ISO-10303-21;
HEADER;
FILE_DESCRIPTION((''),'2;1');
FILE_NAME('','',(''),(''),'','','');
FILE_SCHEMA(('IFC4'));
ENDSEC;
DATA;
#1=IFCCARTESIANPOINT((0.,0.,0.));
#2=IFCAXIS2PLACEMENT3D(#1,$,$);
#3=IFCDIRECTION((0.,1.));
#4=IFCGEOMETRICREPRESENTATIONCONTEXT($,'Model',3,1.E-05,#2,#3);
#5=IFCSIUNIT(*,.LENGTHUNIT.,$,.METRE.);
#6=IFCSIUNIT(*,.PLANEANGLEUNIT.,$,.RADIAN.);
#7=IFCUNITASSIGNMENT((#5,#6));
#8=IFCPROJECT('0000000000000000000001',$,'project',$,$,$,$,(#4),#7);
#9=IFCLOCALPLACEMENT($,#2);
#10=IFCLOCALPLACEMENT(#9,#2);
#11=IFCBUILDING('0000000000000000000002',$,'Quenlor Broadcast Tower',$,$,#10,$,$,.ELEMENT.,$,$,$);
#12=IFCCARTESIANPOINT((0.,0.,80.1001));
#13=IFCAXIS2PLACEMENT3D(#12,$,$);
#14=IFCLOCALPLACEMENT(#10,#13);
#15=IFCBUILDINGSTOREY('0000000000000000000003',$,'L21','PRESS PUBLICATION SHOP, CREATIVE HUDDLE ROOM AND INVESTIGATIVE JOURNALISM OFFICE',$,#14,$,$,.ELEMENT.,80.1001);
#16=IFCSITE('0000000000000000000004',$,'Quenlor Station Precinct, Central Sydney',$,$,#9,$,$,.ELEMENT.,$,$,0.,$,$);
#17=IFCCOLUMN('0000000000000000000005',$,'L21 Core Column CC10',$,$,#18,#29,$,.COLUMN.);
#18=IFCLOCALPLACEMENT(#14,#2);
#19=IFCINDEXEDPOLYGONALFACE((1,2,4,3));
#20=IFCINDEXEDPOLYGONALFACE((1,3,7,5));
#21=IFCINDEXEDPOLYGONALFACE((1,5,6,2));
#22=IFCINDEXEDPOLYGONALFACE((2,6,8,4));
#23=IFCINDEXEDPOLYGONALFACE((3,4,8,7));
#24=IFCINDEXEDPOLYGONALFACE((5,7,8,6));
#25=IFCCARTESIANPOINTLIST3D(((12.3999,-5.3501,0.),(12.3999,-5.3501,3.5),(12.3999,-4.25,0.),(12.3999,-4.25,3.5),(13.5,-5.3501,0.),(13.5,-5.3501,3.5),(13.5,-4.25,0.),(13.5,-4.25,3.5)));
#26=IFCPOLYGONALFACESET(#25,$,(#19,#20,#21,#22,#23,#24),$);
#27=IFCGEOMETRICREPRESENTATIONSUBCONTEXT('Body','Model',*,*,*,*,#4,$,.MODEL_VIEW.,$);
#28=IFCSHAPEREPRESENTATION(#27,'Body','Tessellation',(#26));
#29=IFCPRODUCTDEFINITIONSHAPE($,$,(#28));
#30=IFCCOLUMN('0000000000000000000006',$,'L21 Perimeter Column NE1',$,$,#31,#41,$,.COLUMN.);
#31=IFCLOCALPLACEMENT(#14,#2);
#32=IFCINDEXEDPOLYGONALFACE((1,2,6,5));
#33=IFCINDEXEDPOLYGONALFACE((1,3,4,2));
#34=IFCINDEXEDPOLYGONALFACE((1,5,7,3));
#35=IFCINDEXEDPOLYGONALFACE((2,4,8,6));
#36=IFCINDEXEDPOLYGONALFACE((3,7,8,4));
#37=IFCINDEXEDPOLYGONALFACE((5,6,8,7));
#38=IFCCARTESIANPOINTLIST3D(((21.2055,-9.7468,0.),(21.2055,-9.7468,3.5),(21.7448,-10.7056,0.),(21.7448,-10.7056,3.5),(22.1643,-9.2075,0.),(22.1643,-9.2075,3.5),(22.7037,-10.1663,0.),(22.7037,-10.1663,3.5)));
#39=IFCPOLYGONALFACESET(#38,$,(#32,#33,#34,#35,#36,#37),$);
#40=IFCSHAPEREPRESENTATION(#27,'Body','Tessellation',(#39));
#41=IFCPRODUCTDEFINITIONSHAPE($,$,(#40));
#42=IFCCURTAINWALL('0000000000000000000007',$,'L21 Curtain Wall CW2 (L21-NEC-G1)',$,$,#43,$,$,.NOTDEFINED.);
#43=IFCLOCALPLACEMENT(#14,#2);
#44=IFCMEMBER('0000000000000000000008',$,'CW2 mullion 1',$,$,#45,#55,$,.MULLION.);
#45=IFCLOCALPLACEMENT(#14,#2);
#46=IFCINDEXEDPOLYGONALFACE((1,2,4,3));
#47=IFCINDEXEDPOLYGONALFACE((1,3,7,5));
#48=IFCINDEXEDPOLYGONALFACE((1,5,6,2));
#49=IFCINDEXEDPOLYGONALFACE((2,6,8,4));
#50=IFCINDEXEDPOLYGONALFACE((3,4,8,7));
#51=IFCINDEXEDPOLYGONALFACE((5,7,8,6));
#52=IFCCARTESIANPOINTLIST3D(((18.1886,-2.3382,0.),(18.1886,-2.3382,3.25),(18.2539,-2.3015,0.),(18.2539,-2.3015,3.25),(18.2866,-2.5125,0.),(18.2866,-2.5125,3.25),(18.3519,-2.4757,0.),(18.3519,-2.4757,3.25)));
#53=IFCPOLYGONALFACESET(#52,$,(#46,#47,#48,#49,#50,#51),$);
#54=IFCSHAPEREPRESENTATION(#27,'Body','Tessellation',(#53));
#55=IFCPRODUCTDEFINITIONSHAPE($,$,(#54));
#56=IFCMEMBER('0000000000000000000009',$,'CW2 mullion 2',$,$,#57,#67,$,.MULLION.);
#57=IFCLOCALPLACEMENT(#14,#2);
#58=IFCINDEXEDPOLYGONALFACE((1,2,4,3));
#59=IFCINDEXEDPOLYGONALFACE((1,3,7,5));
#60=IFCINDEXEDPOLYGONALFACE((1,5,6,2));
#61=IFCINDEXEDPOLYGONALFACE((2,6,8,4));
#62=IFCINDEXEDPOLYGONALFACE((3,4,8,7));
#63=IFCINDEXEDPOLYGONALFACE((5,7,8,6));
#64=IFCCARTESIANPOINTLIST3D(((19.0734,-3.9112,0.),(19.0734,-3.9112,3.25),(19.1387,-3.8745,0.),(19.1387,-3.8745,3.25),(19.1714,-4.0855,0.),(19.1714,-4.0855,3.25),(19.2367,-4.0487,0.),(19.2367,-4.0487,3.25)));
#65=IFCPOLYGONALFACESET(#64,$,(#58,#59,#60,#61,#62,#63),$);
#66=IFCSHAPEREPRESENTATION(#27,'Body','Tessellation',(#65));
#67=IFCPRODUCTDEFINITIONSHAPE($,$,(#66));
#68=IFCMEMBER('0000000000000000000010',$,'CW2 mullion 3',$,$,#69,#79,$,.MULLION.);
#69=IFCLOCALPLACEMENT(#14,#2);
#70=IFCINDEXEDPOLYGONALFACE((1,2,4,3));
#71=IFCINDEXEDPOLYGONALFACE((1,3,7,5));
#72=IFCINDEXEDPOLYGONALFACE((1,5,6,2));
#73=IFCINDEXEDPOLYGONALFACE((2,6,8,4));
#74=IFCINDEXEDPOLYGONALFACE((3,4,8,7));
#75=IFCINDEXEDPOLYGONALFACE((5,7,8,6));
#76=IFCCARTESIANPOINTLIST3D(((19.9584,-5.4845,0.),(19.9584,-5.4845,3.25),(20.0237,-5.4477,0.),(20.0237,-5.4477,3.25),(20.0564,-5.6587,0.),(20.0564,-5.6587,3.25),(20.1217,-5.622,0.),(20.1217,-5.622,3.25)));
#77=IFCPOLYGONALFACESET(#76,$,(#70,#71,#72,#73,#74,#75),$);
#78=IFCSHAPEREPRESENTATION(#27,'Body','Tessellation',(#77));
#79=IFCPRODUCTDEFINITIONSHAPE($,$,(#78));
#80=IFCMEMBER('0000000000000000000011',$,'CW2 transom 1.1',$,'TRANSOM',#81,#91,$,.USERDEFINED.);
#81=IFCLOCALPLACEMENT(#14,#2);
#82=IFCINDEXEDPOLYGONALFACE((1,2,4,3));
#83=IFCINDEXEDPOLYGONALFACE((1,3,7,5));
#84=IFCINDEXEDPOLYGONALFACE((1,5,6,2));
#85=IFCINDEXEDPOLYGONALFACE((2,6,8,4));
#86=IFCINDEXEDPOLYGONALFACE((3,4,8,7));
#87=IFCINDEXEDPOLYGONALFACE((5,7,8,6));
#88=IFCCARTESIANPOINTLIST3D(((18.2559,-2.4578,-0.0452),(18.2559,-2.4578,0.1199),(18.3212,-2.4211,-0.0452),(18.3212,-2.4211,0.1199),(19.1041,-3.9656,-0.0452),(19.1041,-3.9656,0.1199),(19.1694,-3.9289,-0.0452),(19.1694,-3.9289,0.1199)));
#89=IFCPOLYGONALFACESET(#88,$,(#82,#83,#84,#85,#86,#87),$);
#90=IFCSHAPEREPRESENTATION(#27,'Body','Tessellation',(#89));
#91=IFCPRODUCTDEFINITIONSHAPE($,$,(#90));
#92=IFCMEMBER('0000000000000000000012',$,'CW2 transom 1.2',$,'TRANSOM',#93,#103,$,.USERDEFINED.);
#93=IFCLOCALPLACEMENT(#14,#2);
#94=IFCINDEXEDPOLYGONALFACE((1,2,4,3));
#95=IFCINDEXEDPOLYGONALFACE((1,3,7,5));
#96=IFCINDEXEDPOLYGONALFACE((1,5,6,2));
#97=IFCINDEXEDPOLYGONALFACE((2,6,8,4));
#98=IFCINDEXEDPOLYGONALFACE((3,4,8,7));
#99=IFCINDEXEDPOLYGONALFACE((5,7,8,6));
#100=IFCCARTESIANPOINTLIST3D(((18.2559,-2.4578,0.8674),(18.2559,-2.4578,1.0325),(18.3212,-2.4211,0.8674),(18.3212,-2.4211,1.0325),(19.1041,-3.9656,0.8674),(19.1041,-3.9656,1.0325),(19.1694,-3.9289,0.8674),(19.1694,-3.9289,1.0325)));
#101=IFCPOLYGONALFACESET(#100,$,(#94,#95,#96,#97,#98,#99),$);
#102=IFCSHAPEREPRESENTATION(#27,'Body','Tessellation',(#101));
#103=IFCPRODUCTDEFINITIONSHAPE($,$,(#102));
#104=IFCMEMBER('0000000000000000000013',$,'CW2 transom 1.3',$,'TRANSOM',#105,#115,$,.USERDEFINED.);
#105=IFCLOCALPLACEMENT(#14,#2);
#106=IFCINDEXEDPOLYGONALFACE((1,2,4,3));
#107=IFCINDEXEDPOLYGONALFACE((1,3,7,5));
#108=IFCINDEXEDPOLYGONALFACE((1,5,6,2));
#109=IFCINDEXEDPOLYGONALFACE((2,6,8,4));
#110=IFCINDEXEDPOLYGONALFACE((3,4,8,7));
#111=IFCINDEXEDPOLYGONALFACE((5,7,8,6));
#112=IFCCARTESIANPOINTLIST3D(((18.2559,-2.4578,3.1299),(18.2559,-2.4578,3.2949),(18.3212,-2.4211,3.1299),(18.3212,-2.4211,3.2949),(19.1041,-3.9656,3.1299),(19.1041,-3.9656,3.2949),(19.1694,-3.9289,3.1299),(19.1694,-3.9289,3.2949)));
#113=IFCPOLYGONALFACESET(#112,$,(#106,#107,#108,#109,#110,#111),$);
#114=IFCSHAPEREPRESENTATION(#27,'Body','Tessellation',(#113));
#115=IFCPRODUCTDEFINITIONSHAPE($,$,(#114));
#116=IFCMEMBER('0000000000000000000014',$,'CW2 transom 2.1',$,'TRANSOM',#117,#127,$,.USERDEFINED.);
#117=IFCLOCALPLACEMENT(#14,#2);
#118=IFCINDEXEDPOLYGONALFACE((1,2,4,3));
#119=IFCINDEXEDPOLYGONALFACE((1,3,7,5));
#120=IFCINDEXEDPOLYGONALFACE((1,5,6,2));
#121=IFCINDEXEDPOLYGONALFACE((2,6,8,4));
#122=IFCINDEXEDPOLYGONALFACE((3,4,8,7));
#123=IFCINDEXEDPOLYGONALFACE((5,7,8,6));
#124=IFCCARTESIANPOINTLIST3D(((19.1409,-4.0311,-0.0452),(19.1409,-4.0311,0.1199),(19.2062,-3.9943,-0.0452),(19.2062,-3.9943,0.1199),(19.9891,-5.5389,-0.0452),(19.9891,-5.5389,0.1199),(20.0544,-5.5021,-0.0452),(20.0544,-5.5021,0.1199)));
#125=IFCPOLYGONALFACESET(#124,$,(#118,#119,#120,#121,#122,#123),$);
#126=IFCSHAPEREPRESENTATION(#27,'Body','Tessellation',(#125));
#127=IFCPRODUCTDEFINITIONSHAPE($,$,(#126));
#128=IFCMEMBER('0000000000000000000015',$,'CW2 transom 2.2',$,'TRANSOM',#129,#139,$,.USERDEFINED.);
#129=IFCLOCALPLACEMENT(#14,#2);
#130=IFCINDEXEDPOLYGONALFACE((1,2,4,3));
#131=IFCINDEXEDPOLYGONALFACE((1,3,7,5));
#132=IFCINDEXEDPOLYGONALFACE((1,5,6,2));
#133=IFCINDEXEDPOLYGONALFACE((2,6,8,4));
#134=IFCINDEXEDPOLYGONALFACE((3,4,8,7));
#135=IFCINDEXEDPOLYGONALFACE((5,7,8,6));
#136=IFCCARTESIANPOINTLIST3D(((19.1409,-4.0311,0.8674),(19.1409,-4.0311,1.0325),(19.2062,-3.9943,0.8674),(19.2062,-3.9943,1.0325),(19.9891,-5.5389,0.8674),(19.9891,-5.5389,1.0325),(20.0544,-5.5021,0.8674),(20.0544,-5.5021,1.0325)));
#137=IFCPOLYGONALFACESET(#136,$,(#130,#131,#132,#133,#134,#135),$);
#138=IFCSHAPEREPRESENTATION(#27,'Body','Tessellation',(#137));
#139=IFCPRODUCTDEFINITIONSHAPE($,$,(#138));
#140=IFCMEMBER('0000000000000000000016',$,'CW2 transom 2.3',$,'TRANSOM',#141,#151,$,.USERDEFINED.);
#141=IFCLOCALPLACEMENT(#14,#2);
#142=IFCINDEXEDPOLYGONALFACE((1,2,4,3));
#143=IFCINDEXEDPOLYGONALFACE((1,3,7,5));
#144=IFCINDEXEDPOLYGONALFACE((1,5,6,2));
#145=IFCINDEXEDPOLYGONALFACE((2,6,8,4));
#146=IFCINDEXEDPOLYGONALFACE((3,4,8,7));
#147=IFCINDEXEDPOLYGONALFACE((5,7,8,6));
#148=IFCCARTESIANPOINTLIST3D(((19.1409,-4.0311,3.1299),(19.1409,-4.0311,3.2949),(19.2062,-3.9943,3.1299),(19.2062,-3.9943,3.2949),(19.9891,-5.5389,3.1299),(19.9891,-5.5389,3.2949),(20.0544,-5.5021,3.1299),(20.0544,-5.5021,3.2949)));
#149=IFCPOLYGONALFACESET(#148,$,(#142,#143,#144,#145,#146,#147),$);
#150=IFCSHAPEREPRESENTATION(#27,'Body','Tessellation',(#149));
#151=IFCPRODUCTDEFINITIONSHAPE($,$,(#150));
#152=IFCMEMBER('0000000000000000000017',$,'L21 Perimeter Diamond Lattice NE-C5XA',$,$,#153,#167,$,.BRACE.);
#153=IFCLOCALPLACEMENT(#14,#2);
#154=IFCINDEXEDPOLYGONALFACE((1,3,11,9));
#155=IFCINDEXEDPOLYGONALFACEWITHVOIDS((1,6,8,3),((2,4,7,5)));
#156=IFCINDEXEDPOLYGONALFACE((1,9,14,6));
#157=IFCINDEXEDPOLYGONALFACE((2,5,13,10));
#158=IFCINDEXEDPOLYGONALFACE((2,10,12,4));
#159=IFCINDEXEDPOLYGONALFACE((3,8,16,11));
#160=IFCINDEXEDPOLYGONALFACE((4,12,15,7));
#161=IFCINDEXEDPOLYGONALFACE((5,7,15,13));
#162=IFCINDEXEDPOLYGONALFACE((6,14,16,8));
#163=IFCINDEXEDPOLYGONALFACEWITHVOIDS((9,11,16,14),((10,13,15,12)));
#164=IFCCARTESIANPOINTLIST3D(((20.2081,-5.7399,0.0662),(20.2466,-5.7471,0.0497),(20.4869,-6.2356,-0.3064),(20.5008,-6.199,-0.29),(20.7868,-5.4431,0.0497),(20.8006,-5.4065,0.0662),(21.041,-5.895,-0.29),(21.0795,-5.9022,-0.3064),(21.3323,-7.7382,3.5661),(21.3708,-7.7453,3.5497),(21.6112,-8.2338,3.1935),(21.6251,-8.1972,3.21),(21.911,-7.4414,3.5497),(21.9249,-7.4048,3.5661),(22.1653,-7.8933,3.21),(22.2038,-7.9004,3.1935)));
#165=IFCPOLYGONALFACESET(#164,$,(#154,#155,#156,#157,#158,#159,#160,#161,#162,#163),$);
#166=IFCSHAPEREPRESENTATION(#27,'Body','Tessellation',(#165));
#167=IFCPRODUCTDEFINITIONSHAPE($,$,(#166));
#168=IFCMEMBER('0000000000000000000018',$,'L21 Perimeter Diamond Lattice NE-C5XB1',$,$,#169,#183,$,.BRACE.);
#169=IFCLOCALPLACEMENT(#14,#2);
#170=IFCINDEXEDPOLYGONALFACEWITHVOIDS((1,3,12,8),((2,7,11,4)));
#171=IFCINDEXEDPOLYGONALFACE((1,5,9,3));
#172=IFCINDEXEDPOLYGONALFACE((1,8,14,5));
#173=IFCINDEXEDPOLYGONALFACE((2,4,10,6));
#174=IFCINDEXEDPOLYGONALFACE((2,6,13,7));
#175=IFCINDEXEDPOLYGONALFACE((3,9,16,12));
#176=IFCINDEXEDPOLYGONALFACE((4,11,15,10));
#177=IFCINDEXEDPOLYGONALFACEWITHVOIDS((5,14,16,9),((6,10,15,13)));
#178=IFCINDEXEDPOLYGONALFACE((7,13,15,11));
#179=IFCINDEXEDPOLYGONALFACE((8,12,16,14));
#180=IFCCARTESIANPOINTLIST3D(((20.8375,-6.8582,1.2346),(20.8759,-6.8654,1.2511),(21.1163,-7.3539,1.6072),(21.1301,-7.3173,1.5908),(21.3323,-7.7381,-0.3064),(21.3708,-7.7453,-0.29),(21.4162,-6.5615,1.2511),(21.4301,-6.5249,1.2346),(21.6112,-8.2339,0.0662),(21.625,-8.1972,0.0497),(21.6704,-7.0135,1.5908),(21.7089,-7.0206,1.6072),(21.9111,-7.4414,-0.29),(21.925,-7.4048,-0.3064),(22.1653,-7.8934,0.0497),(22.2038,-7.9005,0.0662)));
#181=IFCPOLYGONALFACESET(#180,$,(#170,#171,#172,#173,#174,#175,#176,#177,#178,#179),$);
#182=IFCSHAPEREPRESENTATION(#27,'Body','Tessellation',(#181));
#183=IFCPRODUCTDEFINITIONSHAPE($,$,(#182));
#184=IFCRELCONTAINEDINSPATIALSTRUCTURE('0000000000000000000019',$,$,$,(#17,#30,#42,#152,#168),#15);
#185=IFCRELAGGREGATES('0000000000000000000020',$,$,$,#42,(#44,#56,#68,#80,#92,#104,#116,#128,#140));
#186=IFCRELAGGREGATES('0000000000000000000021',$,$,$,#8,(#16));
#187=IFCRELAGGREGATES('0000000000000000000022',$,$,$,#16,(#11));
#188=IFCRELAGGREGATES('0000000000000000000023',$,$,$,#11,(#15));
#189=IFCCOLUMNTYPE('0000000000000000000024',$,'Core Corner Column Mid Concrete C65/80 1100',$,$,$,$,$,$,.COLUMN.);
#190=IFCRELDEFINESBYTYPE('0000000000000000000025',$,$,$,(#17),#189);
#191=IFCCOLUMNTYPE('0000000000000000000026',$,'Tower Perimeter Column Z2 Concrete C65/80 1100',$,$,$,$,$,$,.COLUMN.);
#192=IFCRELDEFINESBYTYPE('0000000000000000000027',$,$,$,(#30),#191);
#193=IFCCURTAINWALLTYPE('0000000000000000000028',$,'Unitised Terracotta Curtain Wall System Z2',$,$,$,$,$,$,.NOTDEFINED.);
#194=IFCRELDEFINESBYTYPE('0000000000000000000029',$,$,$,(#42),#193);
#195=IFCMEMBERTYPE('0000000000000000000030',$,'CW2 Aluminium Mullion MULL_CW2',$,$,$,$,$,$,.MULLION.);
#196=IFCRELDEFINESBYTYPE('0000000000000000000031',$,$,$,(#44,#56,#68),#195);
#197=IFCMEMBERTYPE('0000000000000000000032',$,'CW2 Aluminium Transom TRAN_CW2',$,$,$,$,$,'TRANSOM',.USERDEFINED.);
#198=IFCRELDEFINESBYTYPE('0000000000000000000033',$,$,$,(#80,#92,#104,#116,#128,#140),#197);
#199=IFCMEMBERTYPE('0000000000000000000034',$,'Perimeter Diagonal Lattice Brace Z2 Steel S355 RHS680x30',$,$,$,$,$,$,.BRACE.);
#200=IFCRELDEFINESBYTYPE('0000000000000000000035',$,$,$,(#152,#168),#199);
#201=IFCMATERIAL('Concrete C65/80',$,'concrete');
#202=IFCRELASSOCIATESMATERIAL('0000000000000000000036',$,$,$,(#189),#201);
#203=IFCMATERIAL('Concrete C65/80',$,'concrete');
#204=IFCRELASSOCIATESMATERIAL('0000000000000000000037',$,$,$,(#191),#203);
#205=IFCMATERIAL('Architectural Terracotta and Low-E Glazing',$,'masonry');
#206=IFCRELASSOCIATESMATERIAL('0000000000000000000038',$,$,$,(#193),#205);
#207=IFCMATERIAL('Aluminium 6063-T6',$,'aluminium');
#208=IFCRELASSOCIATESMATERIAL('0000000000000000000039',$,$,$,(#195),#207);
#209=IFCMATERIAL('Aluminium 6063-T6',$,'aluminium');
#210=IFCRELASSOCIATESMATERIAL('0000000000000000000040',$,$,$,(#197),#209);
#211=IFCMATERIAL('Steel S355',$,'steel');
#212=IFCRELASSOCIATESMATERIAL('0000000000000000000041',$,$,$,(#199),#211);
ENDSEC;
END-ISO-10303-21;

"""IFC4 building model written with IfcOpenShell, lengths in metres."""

from ifc_helpers import new_model, si_unit, direction, frame, origin, origin_2d, place, context, subcontext, project, spatial, rectangle, hollow_rectangle, extrude, material, material_profile, profile_set, type_object, element, aggregate, save


model = new_model("IFC4")

# Units and contexts
model_context = context("Model", 3, precision=1e-05, world=origin(), true_north=direction((0.0, 1.0)))
body_context = subcontext(model_context, "Body", "Model", "MODEL_VIEW")
ifc_project = project(units=[si_unit("LENGTHUNIT", "METRE"), si_unit("PLANEANGLEUNIT", "RADIAN")], contexts=[model_context])

# Site, building, storey
site_placement = place(None, origin())
site = spatial("IfcSite", under=ifc_project, at=site_placement, Name="Quenlor Station Precinct, Central Sydney", CompositionType="ELEMENT", RefElevation=0.0)
building_placement = place(site_placement, origin())
building = spatial("IfcBuilding", under=site, at=building_placement, Name="Quenlor Broadcast Tower", CompositionType="ELEMENT")
storey_placement = place(building_placement, frame((0.0, 0.0, 80.1001)))
storey = spatial("IfcBuildingStorey", under=building, at=storey_placement, Name="L21", Description="PRESS PUBLICATION SHOP, CREATIVE HUDDLE ROOM AND INVESTIGATIVE JOURNALISM OFFICE", CompositionType="ELEMENT", Elevation=80.1001)

# Columns
ifc_material_1 = material(Name="Concrete C65/80", Category="concrete")
ifc_material_profile_1 = material_profile(ifc_material_1, rectangle(XDim=1.1001, YDim=1.1001, at=origin_2d()))
ifc_profile_set_1 = profile_set([ifc_material_profile_1], Name="Concrete C65/80 RC1100x1100")
column_type_1 = type_object("IfcColumnType", Name="Core Corner Column Mid Concrete C65/80 1100", PredefinedType="COLUMN", material=ifc_profile_set_1)
column_1_placement = place(storey_placement, frame((12.95, -4.8, 0.0), z_axis=(0.0, 0.0, 1.0), x_axis=(1.0, 0.0, 0.0)))
element("IfcColumn", 1, at=column_1_placement, inside=storey, type_object=column_type_1, Name="L21 Core Column CC10", PredefinedType="COLUMN", context=body_context, shape_type="SweptSolid", body=[
    extrude(rectangle(XDim=1.1001, YDim=1.1001, at=origin_2d()), origin(), (0.0, 0.0, 1.0), 3.5),
])
ifc_material_2 = material(Name="Concrete C65/80", Category="concrete")
ifc_material_profile_2 = material_profile(ifc_material_2, rectangle(XDim=1.1001, YDim=1.1001, at=origin_2d()))
ifc_profile_set_2 = profile_set([ifc_material_profile_2], Name="Concrete C65/80 RC1100x1100")
column_type_2 = type_object("IfcColumnType", Name="Tower Perimeter Column Z2 Concrete C65/80 1100", PredefinedType="COLUMN", material=ifc_profile_set_2)
column_2_placement = place(storey_placement, frame((21.9546, -9.9565, 0.0), z_axis=(0.0, 0.0, 1.0), x_axis=(0.871575, 0.490262, 0.0)))
element("IfcColumn", 2, at=column_2_placement, inside=storey, type_object=column_type_2, Name="L21 Perimeter Column NE1", PredefinedType="COLUMN", context=body_context, shape_type="SweptSolid", body=[
    extrude(rectangle(XDim=1.1001, YDim=1.1001, at=origin_2d()), origin(), (0.0, 0.0, 1.0), 3.5),
])

# Curtain wall, members
ifc_material_3 = material(Name="Architectural Terracotta and Low-E Glazing", Category="masonry")
curtain_wall_type = type_object("IfcCurtainWallType", Name="Unitised Terracotta Curtain Wall System Z2", PredefinedType="NOTDEFINED", material=ifc_material_3)
curtain_wall_placement = place(storey_placement, origin())
curtain_wall = element("IfcCurtainWall", 3, at=curtain_wall_placement, inside=storey, type_object=curtain_wall_type, Name="L21 Curtain Wall CW2 (L21-NEC-G1)", PredefinedType="NOTDEFINED")
ifc_material_4 = material(Name="Aluminium 6063-T6", Category="aluminium")
ifc_material_profile_3 = material_profile(ifc_material_4, rectangle(XDim=0.075, YDim=0.2, at=origin_2d()))
ifc_profile_set_3 = profile_set([ifc_material_profile_3], Name="Aluminium 6063-T6 MULL75x200")
member_type_1 = type_object("IfcMemberType", Name="CW2 Aluminium Mullion MULL_CW2", PredefinedType="MULLION", material=ifc_profile_set_3)
member_1_placement = place(storey_placement, frame((18.2703, -2.407, 0.0), z_axis=(0.0, 0.0, 1.0), x_axis=(0.871567, 0.490277, 0.0)))
member_1 = element("IfcMember", 4, at=member_1_placement, type_object=member_type_1, Name="CW2 mullion 1", PredefinedType="MULLION", context=body_context, shape_type="SweptSolid", body=[
    extrude(rectangle(XDim=0.075, YDim=0.2, at=origin_2d()), origin(), (0.0, 0.0, 1.0), 3.25),
])
member_2_placement = place(storey_placement, frame((19.155, -3.98, 0.0), z_axis=(0.0, 0.0, 1.0), x_axis=(0.871567, 0.490277, 0.0)))
member_2 = element("IfcMember", 5, at=member_2_placement, type_object=member_type_1, Name="CW2 mullion 2", PredefinedType="MULLION", context=body_context, shape_type="SweptSolid", body=[
    extrude(rectangle(XDim=0.075, YDim=0.2, at=origin_2d()), origin(), (0.0, 0.0, 1.0), 3.25),
])
member_3_placement = place(storey_placement, frame((20.04, -5.5532, 0.0), z_axis=(0.0, 0.0, 1.0), x_axis=(0.871567, 0.490277, 0.0)))
member_3 = element("IfcMember", 6, at=member_3_placement, type_object=member_type_1, Name="CW2 mullion 3", PredefinedType="MULLION", context=body_context, shape_type="SweptSolid", body=[
    extrude(rectangle(XDim=0.075, YDim=0.2, at=origin_2d()), origin(), (0.0, 0.0, 1.0), 3.25),
])
ifc_material_5 = material(Name="Aluminium 6063-T6", Category="aluminium")
ifc_material_profile_4 = material_profile(ifc_material_5, rectangle(XDim=0.075, YDim=0.165, at=origin_2d()))
ifc_profile_set_4 = profile_set([ifc_material_profile_4], Name="Aluminium 6063-T6 TRAN75x165")
member_type_2 = type_object("IfcMemberType", Name="CW2 Aluminium Transom TRAN_CW2", ElementType="TRANSOM", PredefinedType="USERDEFINED", material=ifc_profile_set_4)
member_4_placement = place(storey_placement, frame((18.2886, -2.4395, 0.0374), z_axis=(0.490261, -0.871576, 0.0), x_axis=(0.871576, 0.490261, 0.0)))
member_4 = element("IfcMember", 7, at=member_4_placement, type_object=member_type_2, Name="CW2 transom 1.1", ObjectType="TRANSOM", PredefinedType="USERDEFINED", context=body_context, shape_type="SweptSolid", body=[
    extrude(rectangle(XDim=0.075, YDim=0.165, at=origin_2d()), origin(), (0.0, 0.0, 1.0), 1.73),
])
member_5_placement = place(storey_placement, frame((18.2886, -2.4395, 0.95), z_axis=(0.490261, -0.871576, 0.0), x_axis=(0.871576, 0.490261, 0.0)))
member_5 = element("IfcMember", 8, at=member_5_placement, type_object=member_type_2, Name="CW2 transom 1.2", ObjectType="TRANSOM", PredefinedType="USERDEFINED", context=body_context, shape_type="SweptSolid", body=[
    extrude(rectangle(XDim=0.075, YDim=0.165, at=origin_2d()), origin(), (0.0, 0.0, 1.0), 1.73),
])
member_6_placement = place(storey_placement, frame((18.2886, -2.4395, 3.2124), z_axis=(0.490261, -0.871576, 0.0), x_axis=(0.871576, 0.490261, 0.0)))
member_6 = element("IfcMember", 9, at=member_6_placement, type_object=member_type_2, Name="CW2 transom 1.3", ObjectType="TRANSOM", PredefinedType="USERDEFINED", context=body_context, shape_type="SweptSolid", body=[
    extrude(rectangle(XDim=0.075, YDim=0.165, at=origin_2d()), origin(), (0.0, 0.0, 1.0), 1.73),
])
member_7_placement = place(storey_placement, frame((19.1736, -4.0127, 0.0374), z_axis=(0.490261, -0.871576, 0.0), x_axis=(0.871576, 0.490261, 0.0)))
member_7 = element("IfcMember", 10, at=member_7_placement, type_object=member_type_2, Name="CW2 transom 2.1", ObjectType="TRANSOM", PredefinedType="USERDEFINED", context=body_context, shape_type="SweptSolid", body=[
    extrude(rectangle(XDim=0.075, YDim=0.165, at=origin_2d()), origin(), (0.0, 0.0, 1.0), 1.73),
])
member_8_placement = place(storey_placement, frame((19.1736, -4.0127, 0.95), z_axis=(0.490261, -0.871576, 0.0), x_axis=(0.871576, 0.490261, 0.0)))
member_8 = element("IfcMember", 11, at=member_8_placement, type_object=member_type_2, Name="CW2 transom 2.2", ObjectType="TRANSOM", PredefinedType="USERDEFINED", context=body_context, shape_type="SweptSolid", body=[
    extrude(rectangle(XDim=0.075, YDim=0.165, at=origin_2d()), origin(), (0.0, 0.0, 1.0), 1.73),
])
member_9_placement = place(storey_placement, frame((19.1736, -4.0127, 3.2124), z_axis=(0.490261, -0.871576, 0.0), x_axis=(0.871576, 0.490261, 0.0)))
member_9 = element("IfcMember", 12, at=member_9_placement, type_object=member_type_2, Name="CW2 transom 2.3", ObjectType="TRANSOM", PredefinedType="USERDEFINED", context=body_context, shape_type="SweptSolid", body=[
    extrude(rectangle(XDim=0.075, YDim=0.165, at=origin_2d()), origin(), (0.0, 0.0, 1.0), 1.73),
])

# Members
ifc_material_6 = material(Name="Steel S355", Category="steel")
ifc_material_profile_5 = material_profile(ifc_material_6, hollow_rectangle(XDim=0.6799, YDim=0.6799, WallThickness=0.03, at=origin_2d()))
ifc_profile_set_5 = profile_set([ifc_material_profile_5], Name="Steel S355 RHS680x680x30")
member_type_3 = type_object("IfcMemberType", Name="Perimeter Diagonal Lattice Brace Z2 Steel S355 RHS680x30", PredefinedType="BRACE", material=ifc_profile_set_5)
member_10_placement = place(storey_placement, frame((20.6438, -5.821, -0.1201), z_axis=(0.268697, -0.477585, 0.836489), x_axis=(0.871533, 0.490337, 0.0)))
element("IfcMember", 13, at=member_10_placement, inside=storey, type_object=member_type_3, Name="L21 Perimeter Diamond Lattice NE-C5XA", PredefinedType="BRACE", context=body_context, shape_type="SweptSolid", body=[
    extrude(hollow_rectangle(XDim=0.6799, YDim=0.6799, WallThickness=0.03, at=origin_2d()), origin(), (0.0, 0.0, 1.0), 4.1841),
])
member_11_placement = place(storey_placement, frame((21.7681, -7.8193, -0.1201), z_axis=(-0.268627, 0.477618, 0.836493), x_axis=(-0.871601, -0.490215, 0.0)))
element("IfcMember", 14, at=member_11_placement, inside=storey, type_object=member_type_3, Name="L21 Perimeter Diamond Lattice NE-C5XB1", PredefinedType="BRACE", context=body_context, shape_type="SweptSolid", body=[
    extrude(hollow_rectangle(XDim=0.6799, YDim=0.6799, WallThickness=0.03, at=origin_2d()), origin(), (0.0, 0.0, 1.0), 1.8423),
])

aggregate(curtain_wall, [member_1, member_2, member_3, member_4, member_5, member_6, member_7, member_8, member_9])

save(model, "model.ifc")
